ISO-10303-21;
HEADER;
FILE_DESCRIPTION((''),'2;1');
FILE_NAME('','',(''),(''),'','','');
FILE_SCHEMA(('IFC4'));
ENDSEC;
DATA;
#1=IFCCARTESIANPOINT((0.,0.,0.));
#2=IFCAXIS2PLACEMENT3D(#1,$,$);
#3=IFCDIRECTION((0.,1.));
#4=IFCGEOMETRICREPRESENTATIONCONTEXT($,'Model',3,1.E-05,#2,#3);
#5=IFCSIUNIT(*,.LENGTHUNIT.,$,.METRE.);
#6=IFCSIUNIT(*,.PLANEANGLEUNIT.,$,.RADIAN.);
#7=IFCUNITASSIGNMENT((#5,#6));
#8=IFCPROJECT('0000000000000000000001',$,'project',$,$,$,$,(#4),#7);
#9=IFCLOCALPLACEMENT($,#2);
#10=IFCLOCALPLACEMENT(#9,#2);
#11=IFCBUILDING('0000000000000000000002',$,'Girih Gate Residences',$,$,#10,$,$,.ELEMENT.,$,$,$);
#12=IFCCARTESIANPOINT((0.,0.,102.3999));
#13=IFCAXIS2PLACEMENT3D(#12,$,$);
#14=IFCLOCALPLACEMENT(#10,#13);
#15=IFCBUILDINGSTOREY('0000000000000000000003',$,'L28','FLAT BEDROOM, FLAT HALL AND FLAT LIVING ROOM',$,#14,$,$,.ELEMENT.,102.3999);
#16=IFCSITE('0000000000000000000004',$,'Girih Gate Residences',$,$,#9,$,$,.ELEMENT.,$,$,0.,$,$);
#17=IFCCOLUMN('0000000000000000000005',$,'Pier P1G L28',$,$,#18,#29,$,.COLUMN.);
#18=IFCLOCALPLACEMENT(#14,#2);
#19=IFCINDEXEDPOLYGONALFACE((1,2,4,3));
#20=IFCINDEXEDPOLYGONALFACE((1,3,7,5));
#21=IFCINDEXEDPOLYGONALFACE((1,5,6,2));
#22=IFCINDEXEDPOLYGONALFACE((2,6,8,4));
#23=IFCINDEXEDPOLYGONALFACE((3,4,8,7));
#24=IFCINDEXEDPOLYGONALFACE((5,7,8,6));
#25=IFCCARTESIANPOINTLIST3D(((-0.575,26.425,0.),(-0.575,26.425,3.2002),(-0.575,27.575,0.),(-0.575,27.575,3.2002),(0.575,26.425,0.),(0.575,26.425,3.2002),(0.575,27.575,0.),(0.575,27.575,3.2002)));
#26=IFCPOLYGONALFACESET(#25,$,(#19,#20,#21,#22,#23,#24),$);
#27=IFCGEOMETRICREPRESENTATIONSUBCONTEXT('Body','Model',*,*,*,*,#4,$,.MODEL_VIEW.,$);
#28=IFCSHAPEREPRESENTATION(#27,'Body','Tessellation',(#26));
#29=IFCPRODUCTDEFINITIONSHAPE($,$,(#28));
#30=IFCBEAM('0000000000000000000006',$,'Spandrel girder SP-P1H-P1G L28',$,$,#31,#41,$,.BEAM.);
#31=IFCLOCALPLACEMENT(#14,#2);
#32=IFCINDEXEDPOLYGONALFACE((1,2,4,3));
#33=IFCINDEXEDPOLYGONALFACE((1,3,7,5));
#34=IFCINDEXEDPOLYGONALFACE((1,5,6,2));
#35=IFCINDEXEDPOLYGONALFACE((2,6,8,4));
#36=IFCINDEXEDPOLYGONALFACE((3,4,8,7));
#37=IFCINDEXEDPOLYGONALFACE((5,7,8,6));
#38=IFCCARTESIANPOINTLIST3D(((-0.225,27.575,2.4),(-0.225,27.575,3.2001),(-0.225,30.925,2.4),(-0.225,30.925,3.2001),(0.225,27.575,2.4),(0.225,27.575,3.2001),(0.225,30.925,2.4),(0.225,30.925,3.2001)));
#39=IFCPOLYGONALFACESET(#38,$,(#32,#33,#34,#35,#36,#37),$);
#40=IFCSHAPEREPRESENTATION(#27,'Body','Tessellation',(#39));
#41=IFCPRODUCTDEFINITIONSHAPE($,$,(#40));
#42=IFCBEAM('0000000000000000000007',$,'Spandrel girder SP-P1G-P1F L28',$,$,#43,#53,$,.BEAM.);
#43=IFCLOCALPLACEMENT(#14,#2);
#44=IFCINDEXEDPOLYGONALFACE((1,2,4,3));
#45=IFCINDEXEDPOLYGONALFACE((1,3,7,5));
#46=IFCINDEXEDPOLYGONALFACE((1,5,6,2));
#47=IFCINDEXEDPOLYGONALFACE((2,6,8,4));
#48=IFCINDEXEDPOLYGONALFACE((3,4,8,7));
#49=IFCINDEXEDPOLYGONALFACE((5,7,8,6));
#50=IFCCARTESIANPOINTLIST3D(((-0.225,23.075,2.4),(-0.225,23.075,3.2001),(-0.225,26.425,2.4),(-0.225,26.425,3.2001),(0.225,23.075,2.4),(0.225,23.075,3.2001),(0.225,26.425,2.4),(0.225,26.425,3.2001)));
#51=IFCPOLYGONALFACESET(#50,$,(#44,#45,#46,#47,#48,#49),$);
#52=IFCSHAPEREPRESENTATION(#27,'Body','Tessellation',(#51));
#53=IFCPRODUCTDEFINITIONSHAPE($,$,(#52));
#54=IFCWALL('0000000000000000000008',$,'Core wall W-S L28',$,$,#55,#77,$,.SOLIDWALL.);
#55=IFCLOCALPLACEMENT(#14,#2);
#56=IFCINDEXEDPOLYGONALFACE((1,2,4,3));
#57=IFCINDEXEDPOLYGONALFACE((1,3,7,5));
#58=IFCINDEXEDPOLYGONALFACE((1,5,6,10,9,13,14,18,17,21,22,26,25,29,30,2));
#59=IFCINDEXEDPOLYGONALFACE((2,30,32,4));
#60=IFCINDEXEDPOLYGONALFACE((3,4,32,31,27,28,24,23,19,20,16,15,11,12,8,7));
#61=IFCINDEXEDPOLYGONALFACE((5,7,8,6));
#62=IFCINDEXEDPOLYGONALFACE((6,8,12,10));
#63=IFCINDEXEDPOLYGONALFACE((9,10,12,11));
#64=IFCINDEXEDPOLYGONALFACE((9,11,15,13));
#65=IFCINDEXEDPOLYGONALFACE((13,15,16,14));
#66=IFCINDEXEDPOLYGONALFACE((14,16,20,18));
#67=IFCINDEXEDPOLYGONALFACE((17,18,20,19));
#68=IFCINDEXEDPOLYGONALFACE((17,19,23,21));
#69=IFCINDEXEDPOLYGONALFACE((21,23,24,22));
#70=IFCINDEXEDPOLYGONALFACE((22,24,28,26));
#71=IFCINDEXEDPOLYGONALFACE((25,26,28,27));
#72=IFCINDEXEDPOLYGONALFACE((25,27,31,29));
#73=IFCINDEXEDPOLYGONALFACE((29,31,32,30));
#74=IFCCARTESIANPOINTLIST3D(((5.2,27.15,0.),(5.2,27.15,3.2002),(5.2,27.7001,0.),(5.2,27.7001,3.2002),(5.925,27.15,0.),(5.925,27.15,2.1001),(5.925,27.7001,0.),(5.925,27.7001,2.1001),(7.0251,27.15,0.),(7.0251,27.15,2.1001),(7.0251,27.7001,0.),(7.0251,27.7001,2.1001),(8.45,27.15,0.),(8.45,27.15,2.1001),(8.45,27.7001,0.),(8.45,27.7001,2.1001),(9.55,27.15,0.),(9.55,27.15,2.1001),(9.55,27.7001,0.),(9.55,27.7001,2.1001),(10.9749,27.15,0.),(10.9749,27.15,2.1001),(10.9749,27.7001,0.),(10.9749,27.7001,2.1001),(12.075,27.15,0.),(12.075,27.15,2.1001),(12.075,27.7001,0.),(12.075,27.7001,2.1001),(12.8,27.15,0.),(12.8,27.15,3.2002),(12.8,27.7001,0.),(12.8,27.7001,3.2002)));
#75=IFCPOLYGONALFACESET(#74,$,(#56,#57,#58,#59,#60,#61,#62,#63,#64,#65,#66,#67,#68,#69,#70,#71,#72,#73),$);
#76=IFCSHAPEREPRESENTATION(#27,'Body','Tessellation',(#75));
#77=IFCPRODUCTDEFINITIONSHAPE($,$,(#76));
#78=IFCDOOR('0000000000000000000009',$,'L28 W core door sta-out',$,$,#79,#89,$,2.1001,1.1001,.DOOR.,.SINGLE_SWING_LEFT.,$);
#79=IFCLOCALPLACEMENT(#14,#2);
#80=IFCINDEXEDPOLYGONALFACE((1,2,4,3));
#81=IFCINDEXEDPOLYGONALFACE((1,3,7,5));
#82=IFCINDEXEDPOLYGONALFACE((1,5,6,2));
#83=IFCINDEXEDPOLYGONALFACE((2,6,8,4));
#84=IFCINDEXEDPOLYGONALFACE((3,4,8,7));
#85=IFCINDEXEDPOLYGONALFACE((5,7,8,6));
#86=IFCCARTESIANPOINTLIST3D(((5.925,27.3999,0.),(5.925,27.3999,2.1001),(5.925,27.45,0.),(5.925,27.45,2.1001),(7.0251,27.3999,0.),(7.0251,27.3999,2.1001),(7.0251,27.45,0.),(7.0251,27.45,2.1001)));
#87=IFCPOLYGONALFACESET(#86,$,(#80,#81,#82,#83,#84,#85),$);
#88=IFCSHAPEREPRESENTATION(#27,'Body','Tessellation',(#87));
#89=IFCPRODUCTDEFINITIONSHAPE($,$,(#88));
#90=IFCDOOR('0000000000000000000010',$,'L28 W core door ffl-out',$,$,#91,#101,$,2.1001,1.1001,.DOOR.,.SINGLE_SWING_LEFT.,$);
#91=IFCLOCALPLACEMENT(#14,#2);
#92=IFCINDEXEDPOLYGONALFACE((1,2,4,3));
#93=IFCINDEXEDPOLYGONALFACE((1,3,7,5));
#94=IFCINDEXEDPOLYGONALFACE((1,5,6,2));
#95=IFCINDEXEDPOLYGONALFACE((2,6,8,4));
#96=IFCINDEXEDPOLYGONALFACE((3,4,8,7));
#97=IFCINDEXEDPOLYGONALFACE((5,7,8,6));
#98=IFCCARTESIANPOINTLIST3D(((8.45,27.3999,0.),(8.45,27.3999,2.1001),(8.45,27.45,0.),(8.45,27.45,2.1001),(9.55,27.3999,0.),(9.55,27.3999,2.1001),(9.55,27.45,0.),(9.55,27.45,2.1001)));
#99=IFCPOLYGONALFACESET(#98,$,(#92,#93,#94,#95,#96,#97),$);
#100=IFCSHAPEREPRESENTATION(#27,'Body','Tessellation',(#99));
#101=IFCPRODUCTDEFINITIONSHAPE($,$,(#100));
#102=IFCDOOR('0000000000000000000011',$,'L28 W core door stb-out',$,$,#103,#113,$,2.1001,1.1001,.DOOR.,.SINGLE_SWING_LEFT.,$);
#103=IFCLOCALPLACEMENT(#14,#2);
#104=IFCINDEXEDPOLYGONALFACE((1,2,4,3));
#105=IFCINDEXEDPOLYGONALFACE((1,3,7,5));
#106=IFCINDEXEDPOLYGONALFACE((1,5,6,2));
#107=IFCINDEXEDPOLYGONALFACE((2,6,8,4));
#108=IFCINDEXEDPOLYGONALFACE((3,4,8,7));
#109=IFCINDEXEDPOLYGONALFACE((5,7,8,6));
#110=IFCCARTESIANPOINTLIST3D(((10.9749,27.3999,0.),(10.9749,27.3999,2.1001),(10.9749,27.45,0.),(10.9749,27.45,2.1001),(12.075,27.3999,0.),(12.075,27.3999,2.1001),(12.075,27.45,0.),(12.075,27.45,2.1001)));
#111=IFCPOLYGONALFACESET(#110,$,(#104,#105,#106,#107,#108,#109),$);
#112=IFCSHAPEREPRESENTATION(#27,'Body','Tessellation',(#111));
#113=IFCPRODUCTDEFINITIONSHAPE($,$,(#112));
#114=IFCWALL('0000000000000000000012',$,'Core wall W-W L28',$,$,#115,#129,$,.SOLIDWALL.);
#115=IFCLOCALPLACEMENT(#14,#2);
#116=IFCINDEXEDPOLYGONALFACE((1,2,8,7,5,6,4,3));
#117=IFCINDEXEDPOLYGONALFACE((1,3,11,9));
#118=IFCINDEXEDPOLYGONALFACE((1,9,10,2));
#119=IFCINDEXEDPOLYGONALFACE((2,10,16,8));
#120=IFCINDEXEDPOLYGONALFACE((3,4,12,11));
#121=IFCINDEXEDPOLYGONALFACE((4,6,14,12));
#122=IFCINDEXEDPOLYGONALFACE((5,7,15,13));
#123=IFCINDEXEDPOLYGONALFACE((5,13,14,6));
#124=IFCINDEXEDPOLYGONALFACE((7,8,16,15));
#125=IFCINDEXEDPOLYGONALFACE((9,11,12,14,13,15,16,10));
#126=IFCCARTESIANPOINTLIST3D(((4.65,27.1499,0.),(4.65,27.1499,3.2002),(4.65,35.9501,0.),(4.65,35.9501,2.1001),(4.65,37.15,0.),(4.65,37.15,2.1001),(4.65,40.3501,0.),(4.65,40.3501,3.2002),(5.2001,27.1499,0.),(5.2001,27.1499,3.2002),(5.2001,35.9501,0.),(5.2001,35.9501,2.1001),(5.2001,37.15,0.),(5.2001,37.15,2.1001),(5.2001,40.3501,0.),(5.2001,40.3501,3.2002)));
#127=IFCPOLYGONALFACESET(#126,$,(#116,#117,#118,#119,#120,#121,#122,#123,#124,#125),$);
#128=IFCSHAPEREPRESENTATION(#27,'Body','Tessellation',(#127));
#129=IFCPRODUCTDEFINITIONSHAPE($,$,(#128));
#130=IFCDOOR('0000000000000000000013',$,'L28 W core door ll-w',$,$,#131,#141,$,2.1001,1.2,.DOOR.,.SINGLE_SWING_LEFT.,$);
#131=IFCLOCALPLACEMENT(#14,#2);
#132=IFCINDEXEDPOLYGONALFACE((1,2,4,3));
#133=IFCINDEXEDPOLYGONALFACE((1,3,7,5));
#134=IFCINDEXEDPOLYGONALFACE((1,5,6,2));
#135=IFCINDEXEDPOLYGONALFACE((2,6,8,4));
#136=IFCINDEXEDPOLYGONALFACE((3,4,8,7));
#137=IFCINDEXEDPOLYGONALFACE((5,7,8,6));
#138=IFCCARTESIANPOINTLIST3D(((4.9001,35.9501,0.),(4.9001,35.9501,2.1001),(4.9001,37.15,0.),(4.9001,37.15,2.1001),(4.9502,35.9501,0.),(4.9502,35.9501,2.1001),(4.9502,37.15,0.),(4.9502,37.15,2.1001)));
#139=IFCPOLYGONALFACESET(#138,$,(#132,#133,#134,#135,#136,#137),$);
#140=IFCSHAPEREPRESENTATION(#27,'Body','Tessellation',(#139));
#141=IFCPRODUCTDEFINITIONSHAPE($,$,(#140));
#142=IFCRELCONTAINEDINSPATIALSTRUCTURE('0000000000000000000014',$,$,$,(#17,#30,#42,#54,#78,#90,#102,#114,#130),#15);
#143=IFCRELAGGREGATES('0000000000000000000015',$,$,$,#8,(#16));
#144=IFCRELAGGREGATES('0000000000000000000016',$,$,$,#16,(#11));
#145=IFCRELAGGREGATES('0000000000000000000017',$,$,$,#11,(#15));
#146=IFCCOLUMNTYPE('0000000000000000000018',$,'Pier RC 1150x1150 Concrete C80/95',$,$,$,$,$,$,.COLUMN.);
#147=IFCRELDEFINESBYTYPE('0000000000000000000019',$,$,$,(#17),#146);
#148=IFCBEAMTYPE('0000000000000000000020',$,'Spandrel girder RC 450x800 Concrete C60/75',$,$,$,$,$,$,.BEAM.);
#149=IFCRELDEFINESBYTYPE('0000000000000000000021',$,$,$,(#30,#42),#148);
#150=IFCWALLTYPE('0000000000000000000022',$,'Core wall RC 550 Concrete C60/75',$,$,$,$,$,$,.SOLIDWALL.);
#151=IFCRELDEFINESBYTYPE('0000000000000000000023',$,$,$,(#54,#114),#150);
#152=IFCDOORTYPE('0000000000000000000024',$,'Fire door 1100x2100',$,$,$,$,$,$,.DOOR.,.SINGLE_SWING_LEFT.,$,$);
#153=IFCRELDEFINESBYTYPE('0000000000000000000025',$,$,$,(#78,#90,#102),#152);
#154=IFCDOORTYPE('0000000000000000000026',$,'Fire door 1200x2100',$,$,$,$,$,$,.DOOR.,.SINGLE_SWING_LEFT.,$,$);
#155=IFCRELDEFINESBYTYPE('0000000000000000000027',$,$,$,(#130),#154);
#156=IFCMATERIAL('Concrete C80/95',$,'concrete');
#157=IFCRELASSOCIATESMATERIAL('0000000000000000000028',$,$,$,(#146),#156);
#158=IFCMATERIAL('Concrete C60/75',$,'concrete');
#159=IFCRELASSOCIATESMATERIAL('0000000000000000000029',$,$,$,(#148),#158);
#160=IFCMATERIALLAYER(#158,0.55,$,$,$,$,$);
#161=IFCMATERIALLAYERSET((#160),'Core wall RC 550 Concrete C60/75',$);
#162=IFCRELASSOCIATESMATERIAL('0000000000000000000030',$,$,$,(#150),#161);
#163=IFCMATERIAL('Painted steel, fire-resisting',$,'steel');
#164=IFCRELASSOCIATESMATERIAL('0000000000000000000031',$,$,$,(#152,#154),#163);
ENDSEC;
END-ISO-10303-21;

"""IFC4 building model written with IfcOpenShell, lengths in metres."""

from ifc_helpers import new_model, si_unit, direction, frame, frame_2d, origin, origin_2d, place, context, subcontext, project, spatial, rectangle, extrude, material, layer, layer_set, material_profile, profile_set, type_object, element, fill, save


model = new_model("IFC4")

# Units and contexts
model_context = context("Model", 3, precision=1e-05, world=origin(), true_north=direction((0.0, 1.0)))
body_context = subcontext(model_context, "Body", "Model", "MODEL_VIEW")
ifc_project = project(units=[si_unit("LENGTHUNIT", "METRE"), si_unit("PLANEANGLEUNIT", "RADIAN")], contexts=[model_context])

# Site, building, storey
site_placement = place(None, origin())
site = spatial("IfcSite", under=ifc_project, at=site_placement, Name="Girih Gate Residences", CompositionType="ELEMENT", RefElevation=0.0)
building_placement = place(site_placement, origin())
building = spatial("IfcBuilding", under=site, at=building_placement, Name="Girih Gate Residences", CompositionType="ELEMENT")
storey_placement = place(building_placement, frame((0.0, 0.0, 102.3999)))
storey = spatial("IfcBuildingStorey", under=building, at=storey_placement, Name="L28", Description="FLAT BEDROOM, FLAT HALL AND FLAT LIVING ROOM", CompositionType="ELEMENT", Elevation=102.3999)

# Column
ifc_material_1 = material(Name="Concrete C80/95", Category="concrete")
ifc_material_profile_1 = material_profile(ifc_material_1, rectangle(XDim=1.1499, YDim=1.1499, at=origin_2d()))
ifc_profile_set_1 = profile_set([ifc_material_profile_1], Name="Concrete C80/95")
column_type = type_object("IfcColumnType", Name="Pier RC 1150x1150 Concrete C80/95", PredefinedType="COLUMN", material=ifc_profile_set_1)
column_placement = place(storey_placement, frame((0.0, 27.0, 0.0), z_axis=(0.0, 0.0, 1.0), x_axis=(1.0, 0.0, 0.0)))
element("IfcColumn", 1, at=column_placement, inside=storey, type_object=column_type, Name="Pier P1G L28", PredefinedType="COLUMN", context=body_context, shape_type="SweptSolid", body=[
    extrude(rectangle(XDim=1.1499, YDim=1.1499, at=origin_2d()), origin(), (0.0, 0.0, 1.0), 3.2002),
])

# Beams
ifc_material_2 = material(Name="Concrete C60/75", Category="concrete")
ifc_material_profile_2 = material_profile(ifc_material_2, rectangle(XDim=0.45, YDim=0.8, at=origin_2d()))
ifc_profile_set_2 = profile_set([ifc_material_profile_2], Name="Concrete C60/75")
beam_type = type_object("IfcBeamType", Name="Spandrel girder RC 450x800 Concrete C60/75", PredefinedType="BEAM", material=ifc_profile_set_2)
for number, where, z_axis, x_axis, name in (
    (2, (0.0, 30.925, 2.8), (0.0, -1.0, 0.0), (1.0, 0.0, 0.0), "Spandrel girder SP-P1H-P1G L28"),
    (3, (0.0, 26.425, 2.8), (0.0, -1.0, 0.0), (1.0, 0.0, 0.0), "Spandrel girder SP-P1G-P1F L28"),
):
    element("IfcBeam", number, at=place(storey_placement, frame(where, z_axis=z_axis, x_axis=x_axis)), inside=storey, type_object=beam_type, Name=name, PredefinedType="BEAM", context=body_context, shape_type="SweptSolid", body=[
        extrude(rectangle(XDim=0.45, YDim=0.8, at=origin_2d()), origin(), (0.0, 0.0, 1.0), 3.3501),
    ])

# Wall, openings, doors
ifc_layer_1 = layer(ifc_material_2, 0.55)
ifc_layer_set_1 = layer_set([ifc_layer_1], Name="Core wall RC 550 Concrete C60/75")
wall_type_1 = type_object("IfcWallType", Name="Core wall RC 550 Concrete C60/75", PredefinedType="SOLIDWALL", material=ifc_layer_set_1)
wall_1_placement = place(storey_placement, frame((5.2, 27.425, 0.0), z_axis=(0.0, 0.0, 1.0), x_axis=(1.0, 0.0, 0.0)))
wall_1 = element("IfcWall", 4, at=wall_1_placement, inside=storey, type_object=wall_type_1, Name="Core wall W-S L28", PredefinedType="SOLIDWALL", context=body_context, shape_type="SweptSolid", body=[
    extrude(rectangle(XDim=7.6001, YDim=0.55, at=frame_2d((3.8, 0.0))), origin(), (0.0, 0.0, 1.0), 3.2002),
])
opening_1_placement = place(wall_1_placement, frame((0.7251, 0.0, 0.0)))
opening_1 = element("IfcOpeningElement", 5, at=opening_1_placement, cuts=wall_1, PredefinedType="OPENING", context=body_context, shape_type="SweptSolid", body=[
    extrude(rectangle(XDim=1.1001, YDim=2.1001, at=frame_2d((0.55, 1.05))), frame((0.0, 0.2849, 0.0), z_axis=(0.0, -1.0, 0.0), x_axis=(1.0, 0.0, 0.0)), (0.0, 0.0, 1.0), 0.5701),
])
opening_2_placement = place(wall_1_placement, frame((3.25, 0.0, 0.0)))
opening_2 = element("IfcOpeningElement", 6, at=opening_2_placement, cuts=wall_1, PredefinedType="OPENING", context=body_context, shape_type="SweptSolid", body=[
    extrude(rectangle(XDim=1.1001, YDim=2.1001, at=frame_2d((0.55, 1.05))), frame((0.0, 0.2849, 0.0), z_axis=(0.0, -1.0, 0.0), x_axis=(1.0, 0.0, 0.0)), (0.0, 0.0, 1.0), 0.5701),
])
opening_3_placement = place(wall_1_placement, frame((5.7749, 0.0, 0.0)))
opening_3 = element("IfcOpeningElement", 7, at=opening_3_placement, cuts=wall_1, PredefinedType="OPENING", context=body_context, shape_type="SweptSolid", body=[
    extrude(rectangle(XDim=1.1001, YDim=2.1001, at=frame_2d((0.55, 1.05))), frame((0.0, 0.2849, 0.0), z_axis=(0.0, -1.0, 0.0), x_axis=(1.0, 0.0, 0.0)), (0.0, 0.0, 1.0), 0.5701),
])
ifc_material_3 = material(Name="Painted steel, fire-resisting", Category="steel")
door_type_1 = type_object("IfcDoorType", Name="Fire door 1100x2100", OperationType="SINGLE_SWING_LEFT", PredefinedType="DOOR", material=ifc_material_3)
door_1_placement = place(opening_1_placement, origin())
door_1 = element("IfcDoor", 8, at=door_1_placement, inside=storey, type_object=door_type_1, Name="L28 W core door sta-out", OperationType="SINGLE_SWING_LEFT", OverallHeight=2.1001, OverallWidth=1.1001, PredefinedType="DOOR", context=body_context, shape_type="SweptSolid", body=[
    extrude(rectangle(XDim=1.1001, YDim=2.1001, at=frame_2d((0.55, 1.05))), frame((0.0, 0.0249, 0.0), z_axis=(0.0, -1.0, 0.0), x_axis=(1.0, 0.0, 0.0)), (0.0, 0.0, 1.0), 0.05),
])
fill(opening_1, door_1)
door_2_placement = place(opening_2_placement, origin())
door_2 = element("IfcDoor", 9, at=door_2_placement, inside=storey, type_object=door_type_1, Name="L28 W core door ffl-out", OperationType="SINGLE_SWING_LEFT", OverallHeight=2.1001, OverallWidth=1.1001, PredefinedType="DOOR", context=body_context, shape_type="SweptSolid", body=[
    extrude(rectangle(XDim=1.1001, YDim=2.1001, at=frame_2d((0.55, 1.05))), frame((0.0, 0.0249, 0.0), z_axis=(0.0, -1.0, 0.0), x_axis=(1.0, 0.0, 0.0)), (0.0, 0.0, 1.0), 0.05),
])
fill(opening_2, door_2)
door_3_placement = place(opening_3_placement, origin())
door_3 = element("IfcDoor", 10, at=door_3_placement, inside=storey, type_object=door_type_1, Name="L28 W core door stb-out", OperationType="SINGLE_SWING_LEFT", OverallHeight=2.1001, OverallWidth=1.1001, PredefinedType="DOOR", context=body_context, shape_type="SweptSolid", body=[
    extrude(rectangle(XDim=1.1001, YDim=2.1001, at=frame_2d((0.55, 1.05))), frame((0.0, 0.0249, 0.0), z_axis=(0.0, -1.0, 0.0), x_axis=(1.0, 0.0, 0.0)), (0.0, 0.0, 1.0), 0.05),
])
fill(opening_3, door_3)

# Wall, opening, door
wall_2_placement = place(storey_placement, frame((4.925, 27.1499, 0.0), z_axis=(0.0, 0.0, 1.0), x_axis=(0.0, 1.0, 0.0)))
wall_2 = element("IfcWall", 11, at=wall_2_placement, inside=storey, type_object=wall_type_1, Name="Core wall W-W L28", PredefinedType="SOLIDWALL", context=body_context, shape_type="SweptSolid", body=[
    extrude(rectangle(XDim=13.2002, YDim=0.55, at=frame_2d((6.6001, 0.0))), origin(), (0.0, 0.0, 1.0), 3.2002),
])
opening_4_placement = place(wall_2_placement, frame((8.8, 0.0, 0.0)))
opening_4 = element("IfcOpeningElement", 12, at=opening_4_placement, cuts=wall_2, PredefinedType="OPENING", context=body_context, shape_type="SweptSolid", body=[
    extrude(rectangle(XDim=1.2, YDim=2.1001, at=frame_2d((0.6001, 1.05))), frame((0.0, 0.2849, 0.0), z_axis=(0.0, -1.0, 0.0), x_axis=(1.0, 0.0, 0.0)), (0.0, 0.0, 1.0), 0.5701),
])
door_type_2 = type_object("IfcDoorType", Name="Fire door 1200x2100", OperationType="SINGLE_SWING_LEFT", PredefinedType="DOOR", material=ifc_material_3)
door_4_placement = place(opening_4_placement, origin())
door_4 = element("IfcDoor", 13, at=door_4_placement, inside=storey, type_object=door_type_2, Name="L28 W core door ll-w", OperationType="SINGLE_SWING_LEFT", OverallHeight=2.1001, OverallWidth=1.2, PredefinedType="DOOR", context=body_context, shape_type="SweptSolid", body=[
    extrude(rectangle(XDim=1.2, YDim=2.1001, at=frame_2d((0.6001, 1.05))), frame((0.0, 0.0249, 0.0), z_axis=(0.0, -1.0, 0.0), x_axis=(1.0, 0.0, 0.0)), (0.0, 0.0, 1.0), 0.05),
])
fill(opening_4, door_4)

save(model, "model.ifc")
